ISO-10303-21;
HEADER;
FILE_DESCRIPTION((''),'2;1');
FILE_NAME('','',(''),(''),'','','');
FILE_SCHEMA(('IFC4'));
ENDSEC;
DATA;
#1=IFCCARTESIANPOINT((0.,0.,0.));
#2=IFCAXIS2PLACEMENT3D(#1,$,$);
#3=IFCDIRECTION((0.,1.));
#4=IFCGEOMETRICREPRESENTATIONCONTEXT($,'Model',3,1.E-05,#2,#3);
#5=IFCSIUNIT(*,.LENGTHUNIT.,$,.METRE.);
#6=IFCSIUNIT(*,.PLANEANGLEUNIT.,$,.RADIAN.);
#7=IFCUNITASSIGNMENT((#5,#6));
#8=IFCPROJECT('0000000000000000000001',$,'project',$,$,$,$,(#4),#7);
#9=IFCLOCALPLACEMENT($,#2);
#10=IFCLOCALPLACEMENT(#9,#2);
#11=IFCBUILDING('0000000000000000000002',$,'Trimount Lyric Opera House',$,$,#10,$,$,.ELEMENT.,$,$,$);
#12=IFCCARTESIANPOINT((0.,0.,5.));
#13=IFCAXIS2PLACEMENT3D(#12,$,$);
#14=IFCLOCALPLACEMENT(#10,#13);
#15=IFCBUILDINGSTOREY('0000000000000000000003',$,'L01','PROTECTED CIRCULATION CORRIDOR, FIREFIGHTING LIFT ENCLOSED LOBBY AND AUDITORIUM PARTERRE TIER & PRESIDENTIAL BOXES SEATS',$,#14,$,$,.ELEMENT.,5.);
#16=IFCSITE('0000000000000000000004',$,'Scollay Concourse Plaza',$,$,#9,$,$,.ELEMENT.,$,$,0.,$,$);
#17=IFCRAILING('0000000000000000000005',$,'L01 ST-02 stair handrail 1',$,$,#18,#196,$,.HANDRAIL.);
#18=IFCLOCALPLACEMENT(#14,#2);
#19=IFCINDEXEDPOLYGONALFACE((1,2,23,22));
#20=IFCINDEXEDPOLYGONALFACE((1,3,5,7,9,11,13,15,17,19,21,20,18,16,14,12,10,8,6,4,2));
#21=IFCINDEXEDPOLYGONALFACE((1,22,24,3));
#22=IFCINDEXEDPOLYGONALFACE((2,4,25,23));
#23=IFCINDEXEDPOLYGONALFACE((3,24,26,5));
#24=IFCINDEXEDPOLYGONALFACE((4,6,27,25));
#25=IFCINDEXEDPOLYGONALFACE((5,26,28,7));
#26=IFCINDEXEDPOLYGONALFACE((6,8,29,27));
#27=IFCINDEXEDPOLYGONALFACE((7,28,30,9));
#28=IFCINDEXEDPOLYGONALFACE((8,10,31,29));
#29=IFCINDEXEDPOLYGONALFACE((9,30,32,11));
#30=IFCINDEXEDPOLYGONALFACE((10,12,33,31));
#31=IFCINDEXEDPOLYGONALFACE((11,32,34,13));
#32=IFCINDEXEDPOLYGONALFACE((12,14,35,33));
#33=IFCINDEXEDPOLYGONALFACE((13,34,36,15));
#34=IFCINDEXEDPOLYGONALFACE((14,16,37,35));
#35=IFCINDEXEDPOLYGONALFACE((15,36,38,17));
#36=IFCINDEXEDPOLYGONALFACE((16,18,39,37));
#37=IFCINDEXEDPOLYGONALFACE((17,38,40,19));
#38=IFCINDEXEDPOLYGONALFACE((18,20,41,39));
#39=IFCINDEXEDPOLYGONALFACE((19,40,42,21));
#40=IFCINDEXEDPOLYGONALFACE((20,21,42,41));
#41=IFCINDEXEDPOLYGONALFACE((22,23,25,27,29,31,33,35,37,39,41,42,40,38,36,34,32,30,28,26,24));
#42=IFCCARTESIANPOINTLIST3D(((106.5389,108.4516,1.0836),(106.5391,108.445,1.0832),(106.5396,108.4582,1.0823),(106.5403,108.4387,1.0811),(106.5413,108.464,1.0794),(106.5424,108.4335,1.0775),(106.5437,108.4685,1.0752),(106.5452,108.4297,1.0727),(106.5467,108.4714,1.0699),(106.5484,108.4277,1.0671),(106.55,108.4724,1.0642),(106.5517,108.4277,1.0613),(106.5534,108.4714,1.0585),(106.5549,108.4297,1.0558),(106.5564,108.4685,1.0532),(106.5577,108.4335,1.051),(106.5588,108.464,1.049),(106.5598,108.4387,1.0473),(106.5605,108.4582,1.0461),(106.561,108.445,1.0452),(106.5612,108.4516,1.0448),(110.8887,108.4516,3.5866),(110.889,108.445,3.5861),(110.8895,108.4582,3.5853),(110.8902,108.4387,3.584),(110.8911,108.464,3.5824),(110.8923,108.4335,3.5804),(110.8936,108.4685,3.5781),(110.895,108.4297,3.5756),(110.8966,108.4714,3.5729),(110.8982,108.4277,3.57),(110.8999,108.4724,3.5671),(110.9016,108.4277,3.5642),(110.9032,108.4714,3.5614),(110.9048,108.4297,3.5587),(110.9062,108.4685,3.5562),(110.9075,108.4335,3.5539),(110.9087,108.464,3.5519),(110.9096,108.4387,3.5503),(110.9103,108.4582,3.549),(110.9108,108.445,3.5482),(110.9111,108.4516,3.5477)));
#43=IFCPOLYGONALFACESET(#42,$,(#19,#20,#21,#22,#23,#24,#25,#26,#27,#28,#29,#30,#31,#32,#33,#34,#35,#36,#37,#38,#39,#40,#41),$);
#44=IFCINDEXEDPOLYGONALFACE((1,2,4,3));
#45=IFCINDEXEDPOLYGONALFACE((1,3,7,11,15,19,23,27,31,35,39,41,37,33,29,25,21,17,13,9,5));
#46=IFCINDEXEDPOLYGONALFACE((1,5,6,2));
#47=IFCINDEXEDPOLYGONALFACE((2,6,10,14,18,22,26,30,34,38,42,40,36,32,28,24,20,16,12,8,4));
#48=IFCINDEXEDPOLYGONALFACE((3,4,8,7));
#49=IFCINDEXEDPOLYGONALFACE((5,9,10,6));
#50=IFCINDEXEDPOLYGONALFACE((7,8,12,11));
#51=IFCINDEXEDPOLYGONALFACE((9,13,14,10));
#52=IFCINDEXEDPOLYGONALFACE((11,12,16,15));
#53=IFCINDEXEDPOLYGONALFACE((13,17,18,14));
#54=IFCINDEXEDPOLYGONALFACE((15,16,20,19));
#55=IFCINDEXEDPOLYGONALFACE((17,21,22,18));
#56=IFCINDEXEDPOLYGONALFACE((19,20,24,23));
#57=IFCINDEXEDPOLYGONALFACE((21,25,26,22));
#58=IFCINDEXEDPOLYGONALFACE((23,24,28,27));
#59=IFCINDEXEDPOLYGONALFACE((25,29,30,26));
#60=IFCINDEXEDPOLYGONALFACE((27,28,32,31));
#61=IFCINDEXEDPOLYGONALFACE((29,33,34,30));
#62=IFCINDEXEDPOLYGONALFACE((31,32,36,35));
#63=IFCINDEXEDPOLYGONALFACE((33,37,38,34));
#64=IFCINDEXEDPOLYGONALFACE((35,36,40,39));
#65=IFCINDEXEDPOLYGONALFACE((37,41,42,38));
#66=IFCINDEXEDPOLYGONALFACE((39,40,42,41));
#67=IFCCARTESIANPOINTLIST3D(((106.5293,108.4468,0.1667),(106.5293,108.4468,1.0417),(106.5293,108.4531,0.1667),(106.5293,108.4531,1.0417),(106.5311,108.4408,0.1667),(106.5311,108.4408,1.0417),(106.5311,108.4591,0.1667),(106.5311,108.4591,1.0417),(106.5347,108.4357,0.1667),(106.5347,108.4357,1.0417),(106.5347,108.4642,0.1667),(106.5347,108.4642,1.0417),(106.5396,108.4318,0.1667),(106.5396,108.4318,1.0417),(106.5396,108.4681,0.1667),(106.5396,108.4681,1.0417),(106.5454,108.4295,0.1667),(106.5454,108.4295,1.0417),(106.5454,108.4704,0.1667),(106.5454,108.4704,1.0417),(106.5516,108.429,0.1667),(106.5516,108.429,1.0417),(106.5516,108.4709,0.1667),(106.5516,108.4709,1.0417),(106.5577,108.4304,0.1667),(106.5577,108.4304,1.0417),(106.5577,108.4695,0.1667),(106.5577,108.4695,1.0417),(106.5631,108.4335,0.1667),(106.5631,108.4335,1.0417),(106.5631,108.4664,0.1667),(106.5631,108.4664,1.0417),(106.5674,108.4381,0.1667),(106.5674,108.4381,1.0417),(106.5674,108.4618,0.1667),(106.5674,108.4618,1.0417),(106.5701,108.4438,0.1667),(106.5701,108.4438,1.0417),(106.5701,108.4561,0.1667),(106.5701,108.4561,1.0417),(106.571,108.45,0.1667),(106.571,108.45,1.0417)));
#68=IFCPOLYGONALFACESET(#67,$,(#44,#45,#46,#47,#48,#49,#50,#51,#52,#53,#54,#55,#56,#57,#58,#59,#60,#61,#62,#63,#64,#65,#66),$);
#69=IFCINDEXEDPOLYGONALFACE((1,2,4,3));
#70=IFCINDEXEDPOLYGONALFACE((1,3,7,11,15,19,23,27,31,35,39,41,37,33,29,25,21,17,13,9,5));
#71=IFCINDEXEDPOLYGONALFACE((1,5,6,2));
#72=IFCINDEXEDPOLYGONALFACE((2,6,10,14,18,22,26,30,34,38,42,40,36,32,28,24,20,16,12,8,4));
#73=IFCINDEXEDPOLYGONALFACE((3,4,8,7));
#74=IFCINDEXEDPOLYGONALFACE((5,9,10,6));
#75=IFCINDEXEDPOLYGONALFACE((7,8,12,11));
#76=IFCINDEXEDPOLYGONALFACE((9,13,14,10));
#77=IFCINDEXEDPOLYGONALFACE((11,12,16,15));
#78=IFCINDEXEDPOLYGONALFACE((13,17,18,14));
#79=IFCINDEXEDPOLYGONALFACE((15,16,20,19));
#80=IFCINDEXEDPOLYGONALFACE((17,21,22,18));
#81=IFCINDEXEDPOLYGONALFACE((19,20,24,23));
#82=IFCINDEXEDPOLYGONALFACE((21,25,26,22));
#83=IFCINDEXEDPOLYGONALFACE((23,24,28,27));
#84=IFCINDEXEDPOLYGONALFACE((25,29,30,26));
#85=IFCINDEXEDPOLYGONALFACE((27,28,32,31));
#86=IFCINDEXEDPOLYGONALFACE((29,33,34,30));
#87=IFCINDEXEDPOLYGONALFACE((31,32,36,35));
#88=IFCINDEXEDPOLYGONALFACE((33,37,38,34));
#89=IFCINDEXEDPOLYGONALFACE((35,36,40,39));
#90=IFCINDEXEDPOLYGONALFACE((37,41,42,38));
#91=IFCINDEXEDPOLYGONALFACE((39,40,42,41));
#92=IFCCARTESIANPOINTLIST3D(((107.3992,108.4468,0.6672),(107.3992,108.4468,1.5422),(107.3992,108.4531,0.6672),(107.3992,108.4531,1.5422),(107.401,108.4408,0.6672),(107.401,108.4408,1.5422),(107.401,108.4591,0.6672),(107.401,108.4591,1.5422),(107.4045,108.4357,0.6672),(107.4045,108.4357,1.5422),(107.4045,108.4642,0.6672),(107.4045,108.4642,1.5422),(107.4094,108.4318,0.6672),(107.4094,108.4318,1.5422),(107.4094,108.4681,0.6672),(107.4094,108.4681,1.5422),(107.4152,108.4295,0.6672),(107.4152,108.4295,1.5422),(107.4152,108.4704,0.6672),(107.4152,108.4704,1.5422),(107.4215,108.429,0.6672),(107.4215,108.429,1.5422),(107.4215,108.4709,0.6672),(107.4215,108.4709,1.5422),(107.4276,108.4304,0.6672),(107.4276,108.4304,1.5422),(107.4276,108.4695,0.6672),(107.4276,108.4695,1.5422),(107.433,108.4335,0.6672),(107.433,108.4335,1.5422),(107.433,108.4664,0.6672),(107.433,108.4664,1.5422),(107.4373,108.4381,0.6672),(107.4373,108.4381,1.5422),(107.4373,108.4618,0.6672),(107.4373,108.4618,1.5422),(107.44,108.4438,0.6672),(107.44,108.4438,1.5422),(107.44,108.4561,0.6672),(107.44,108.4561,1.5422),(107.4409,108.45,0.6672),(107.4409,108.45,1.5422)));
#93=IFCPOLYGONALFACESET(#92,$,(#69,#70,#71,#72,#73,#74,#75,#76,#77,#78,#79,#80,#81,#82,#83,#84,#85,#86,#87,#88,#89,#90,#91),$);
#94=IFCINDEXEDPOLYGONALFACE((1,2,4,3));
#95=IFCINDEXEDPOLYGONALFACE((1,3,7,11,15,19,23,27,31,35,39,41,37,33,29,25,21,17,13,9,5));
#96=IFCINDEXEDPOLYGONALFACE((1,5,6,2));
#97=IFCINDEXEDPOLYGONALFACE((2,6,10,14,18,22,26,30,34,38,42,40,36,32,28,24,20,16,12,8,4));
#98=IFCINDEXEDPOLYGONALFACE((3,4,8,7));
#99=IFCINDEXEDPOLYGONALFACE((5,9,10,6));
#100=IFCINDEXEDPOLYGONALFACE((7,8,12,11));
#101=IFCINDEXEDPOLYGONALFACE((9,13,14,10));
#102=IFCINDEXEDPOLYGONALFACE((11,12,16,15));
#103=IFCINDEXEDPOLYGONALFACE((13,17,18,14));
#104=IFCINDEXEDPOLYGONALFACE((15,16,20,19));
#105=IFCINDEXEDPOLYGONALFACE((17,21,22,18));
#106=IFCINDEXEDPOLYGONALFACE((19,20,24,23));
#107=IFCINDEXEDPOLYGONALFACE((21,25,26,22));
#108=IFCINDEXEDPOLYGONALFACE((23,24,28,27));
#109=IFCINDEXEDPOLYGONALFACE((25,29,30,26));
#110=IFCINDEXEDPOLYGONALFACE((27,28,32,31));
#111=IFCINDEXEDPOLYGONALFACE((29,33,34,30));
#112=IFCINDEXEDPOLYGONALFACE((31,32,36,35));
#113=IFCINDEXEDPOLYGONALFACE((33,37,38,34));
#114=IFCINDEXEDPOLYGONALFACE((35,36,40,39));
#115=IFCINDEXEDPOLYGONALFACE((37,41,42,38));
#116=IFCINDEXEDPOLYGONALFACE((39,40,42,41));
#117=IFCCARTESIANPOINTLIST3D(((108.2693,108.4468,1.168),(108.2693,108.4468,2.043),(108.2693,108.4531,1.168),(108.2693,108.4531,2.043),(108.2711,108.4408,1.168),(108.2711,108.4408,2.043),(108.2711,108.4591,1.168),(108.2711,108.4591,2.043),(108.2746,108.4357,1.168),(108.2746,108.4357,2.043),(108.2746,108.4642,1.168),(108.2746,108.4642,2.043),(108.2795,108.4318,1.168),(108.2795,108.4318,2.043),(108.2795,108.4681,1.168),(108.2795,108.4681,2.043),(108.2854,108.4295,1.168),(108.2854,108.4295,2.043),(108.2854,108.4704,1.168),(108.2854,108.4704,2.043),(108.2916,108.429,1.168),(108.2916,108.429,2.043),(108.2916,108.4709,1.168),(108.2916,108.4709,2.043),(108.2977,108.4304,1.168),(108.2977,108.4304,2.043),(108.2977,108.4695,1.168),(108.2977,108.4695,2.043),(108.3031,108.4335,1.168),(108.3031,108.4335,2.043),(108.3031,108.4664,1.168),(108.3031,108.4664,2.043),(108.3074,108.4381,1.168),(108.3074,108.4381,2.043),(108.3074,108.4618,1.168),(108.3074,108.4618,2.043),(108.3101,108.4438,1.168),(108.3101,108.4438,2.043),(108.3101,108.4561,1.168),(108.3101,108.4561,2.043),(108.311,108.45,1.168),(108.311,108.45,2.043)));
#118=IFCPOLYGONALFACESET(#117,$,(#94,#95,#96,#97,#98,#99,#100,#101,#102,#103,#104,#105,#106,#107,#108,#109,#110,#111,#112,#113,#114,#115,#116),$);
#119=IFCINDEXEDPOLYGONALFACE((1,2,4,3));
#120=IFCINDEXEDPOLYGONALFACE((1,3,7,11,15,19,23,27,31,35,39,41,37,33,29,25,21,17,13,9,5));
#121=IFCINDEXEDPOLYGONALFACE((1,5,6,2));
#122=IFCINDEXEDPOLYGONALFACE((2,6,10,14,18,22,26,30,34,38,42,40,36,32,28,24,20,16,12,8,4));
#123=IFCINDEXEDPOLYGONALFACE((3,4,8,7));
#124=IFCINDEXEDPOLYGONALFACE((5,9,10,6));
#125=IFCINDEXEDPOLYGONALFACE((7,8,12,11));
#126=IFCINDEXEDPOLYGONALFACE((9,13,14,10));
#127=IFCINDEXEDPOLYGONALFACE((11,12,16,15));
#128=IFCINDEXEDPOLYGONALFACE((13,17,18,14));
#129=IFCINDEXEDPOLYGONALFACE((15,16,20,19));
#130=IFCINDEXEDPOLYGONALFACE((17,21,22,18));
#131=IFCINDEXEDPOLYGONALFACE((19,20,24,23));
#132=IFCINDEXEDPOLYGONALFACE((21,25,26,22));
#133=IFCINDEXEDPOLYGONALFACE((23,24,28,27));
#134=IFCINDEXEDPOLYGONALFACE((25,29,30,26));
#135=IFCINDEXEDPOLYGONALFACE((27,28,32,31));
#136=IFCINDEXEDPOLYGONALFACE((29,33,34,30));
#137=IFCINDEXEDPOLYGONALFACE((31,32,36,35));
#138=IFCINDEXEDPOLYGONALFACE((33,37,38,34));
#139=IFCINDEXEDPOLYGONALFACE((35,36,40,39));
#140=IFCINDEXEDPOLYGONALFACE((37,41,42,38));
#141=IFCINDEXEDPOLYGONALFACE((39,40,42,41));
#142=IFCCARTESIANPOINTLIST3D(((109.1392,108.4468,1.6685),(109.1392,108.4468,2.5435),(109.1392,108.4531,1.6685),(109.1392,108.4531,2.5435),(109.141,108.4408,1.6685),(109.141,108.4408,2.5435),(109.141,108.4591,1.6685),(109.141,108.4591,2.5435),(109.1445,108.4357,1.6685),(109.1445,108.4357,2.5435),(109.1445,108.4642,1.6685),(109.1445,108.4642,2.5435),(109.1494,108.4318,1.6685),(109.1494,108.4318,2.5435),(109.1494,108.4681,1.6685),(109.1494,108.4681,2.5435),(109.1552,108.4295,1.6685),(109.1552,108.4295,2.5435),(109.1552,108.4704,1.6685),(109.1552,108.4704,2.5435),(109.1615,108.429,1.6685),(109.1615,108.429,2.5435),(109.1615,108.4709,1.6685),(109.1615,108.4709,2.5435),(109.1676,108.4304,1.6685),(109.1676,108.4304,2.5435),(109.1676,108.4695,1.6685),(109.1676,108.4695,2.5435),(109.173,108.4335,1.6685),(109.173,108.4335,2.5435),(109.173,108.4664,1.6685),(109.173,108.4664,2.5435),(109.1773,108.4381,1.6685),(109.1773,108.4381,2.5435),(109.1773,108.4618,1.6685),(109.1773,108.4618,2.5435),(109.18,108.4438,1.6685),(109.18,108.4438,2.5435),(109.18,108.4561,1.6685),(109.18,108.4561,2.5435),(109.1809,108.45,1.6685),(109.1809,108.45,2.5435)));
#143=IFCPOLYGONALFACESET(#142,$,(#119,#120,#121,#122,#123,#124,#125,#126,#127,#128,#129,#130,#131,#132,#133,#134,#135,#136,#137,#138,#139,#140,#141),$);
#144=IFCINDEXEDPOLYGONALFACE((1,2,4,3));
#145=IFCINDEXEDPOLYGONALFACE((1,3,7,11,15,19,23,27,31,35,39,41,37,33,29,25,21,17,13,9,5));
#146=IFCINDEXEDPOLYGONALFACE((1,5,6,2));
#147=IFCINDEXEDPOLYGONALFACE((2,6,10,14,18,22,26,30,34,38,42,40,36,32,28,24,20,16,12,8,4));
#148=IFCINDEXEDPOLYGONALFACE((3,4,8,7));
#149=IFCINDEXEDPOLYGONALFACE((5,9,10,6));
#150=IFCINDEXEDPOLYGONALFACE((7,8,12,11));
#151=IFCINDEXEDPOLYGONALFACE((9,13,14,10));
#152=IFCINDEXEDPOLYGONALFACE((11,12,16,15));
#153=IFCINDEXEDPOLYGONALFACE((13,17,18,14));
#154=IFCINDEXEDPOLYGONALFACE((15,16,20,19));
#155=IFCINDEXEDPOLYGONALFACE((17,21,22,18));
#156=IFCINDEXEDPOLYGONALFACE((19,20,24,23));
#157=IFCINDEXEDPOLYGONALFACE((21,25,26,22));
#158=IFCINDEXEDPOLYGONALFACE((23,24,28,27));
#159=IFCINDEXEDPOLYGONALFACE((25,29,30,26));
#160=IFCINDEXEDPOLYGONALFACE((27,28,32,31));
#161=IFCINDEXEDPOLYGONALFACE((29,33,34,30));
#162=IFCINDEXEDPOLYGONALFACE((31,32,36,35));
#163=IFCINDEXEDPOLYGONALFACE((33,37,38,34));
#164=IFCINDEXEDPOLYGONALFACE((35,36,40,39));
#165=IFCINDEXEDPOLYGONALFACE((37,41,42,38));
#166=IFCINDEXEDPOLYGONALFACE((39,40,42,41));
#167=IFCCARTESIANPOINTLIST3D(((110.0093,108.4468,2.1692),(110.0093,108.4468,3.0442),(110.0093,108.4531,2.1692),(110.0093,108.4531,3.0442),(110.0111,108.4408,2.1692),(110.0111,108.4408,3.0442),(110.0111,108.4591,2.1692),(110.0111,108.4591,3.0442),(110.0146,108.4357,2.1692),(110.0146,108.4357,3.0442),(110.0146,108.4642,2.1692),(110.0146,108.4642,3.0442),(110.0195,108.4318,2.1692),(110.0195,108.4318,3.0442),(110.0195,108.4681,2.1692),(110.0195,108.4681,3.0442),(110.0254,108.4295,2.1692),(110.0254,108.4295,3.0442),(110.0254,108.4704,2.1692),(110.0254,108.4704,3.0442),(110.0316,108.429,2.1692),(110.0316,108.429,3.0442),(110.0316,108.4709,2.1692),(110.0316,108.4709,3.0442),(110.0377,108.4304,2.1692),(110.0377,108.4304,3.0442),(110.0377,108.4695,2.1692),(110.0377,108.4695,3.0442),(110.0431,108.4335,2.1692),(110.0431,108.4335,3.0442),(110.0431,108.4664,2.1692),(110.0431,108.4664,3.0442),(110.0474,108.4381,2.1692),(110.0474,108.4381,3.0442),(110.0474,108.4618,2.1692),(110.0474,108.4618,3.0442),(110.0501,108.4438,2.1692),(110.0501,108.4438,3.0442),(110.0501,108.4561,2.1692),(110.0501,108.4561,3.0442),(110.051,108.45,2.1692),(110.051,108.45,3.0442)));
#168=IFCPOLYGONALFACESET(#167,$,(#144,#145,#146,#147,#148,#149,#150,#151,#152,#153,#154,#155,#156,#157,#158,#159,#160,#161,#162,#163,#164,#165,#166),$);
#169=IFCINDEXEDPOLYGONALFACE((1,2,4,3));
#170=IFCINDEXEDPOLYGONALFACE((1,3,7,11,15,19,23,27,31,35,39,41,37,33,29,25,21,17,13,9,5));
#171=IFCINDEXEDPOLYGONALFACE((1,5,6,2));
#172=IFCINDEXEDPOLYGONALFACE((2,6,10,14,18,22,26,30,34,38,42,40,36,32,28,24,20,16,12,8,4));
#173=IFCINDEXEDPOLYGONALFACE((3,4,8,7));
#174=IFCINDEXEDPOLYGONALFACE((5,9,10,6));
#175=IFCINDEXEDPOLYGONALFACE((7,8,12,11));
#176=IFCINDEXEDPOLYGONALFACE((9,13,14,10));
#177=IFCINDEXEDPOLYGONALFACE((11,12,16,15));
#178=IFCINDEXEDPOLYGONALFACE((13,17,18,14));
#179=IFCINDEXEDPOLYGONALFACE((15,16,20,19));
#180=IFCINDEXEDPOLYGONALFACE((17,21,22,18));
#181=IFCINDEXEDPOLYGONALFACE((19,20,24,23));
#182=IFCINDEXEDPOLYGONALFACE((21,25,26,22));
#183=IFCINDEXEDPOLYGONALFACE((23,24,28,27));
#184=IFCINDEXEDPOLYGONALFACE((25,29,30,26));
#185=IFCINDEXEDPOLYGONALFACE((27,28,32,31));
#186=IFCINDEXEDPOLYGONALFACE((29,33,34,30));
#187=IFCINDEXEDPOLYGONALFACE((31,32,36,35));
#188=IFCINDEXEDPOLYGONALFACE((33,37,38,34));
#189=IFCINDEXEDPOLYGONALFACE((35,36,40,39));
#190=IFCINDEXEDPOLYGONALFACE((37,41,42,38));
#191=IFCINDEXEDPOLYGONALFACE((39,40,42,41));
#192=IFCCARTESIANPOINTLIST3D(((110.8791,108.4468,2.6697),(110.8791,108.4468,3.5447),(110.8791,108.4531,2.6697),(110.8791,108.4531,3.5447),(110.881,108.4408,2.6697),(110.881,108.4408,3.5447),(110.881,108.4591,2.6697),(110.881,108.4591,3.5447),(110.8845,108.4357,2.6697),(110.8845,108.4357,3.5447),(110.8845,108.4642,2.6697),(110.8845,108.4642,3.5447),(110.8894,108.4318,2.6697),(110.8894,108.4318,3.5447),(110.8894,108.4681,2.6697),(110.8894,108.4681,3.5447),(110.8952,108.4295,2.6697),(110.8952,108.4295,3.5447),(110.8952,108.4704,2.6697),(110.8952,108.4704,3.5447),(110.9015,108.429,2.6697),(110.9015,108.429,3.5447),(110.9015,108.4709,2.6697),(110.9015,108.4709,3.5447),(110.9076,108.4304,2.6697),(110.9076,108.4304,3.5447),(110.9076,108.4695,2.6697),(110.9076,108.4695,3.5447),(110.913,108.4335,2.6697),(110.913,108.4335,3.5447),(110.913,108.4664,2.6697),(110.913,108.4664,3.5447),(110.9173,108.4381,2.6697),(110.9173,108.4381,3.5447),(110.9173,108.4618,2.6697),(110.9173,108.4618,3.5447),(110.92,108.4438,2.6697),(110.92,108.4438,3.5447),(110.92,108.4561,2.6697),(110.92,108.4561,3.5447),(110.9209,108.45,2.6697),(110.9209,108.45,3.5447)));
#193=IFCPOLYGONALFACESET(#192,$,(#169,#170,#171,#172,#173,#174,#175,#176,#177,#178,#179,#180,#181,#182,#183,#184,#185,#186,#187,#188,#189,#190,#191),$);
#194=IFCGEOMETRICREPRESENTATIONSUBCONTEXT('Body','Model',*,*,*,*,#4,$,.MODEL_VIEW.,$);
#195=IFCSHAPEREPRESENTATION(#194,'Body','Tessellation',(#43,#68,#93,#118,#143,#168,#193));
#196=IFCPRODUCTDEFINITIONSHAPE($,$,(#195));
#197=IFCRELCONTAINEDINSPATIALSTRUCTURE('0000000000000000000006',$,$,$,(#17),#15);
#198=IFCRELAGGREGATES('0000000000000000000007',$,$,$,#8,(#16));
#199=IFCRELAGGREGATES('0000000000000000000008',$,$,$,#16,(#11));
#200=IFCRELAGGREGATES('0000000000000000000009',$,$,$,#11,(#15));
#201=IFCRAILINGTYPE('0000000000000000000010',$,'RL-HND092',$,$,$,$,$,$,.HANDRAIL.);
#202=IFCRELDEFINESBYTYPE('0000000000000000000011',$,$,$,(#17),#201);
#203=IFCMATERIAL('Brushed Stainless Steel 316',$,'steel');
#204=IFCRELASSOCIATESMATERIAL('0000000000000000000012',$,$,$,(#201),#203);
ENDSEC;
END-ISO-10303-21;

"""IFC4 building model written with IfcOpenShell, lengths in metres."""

from ifc_helpers import new_model, si_unit, direction, frame, origin, origin_2d, place, context, subcontext, project, spatial, circle, extrude, material, type_object, element, save


model = new_model("IFC4")

# Units and contexts
model_context = context("Model", 3, precision=1e-05, world=origin(), true_north=direction((0.0, 1.0)))
body_context = subcontext(model_context, "Body", "Model", "MODEL_VIEW")
ifc_project = project(units=[si_unit("LENGTHUNIT", "METRE"), si_unit("PLANEANGLEUNIT", "RADIAN")], contexts=[model_context])

# Site, building, storey
site_placement = place(None, origin())
site = spatial("IfcSite", under=ifc_project, at=site_placement, Name="Scollay Concourse Plaza", CompositionType="ELEMENT", RefElevation=0.0)
building_placement = place(site_placement, origin())
building = spatial("IfcBuilding", under=site, at=building_placement, Name="Trimount Lyric Opera House", CompositionType="ELEMENT")
storey_placement = place(building_placement, frame((0.0, 0.0, 5.0)))
storey = spatial("IfcBuildingStorey", under=building, at=storey_placement, Name="L01", Description="PROTECTED CIRCULATION CORRIDOR, FIREFIGHTING LIFT ENCLOSED LOBBY AND AUDITORIUM PARTERRE TIER & PRESIDENTIAL BOXES SEATS", CompositionType="ELEMENT", Elevation=5.0)

# Railing
ifc_material_1 = material(Name="Brushed Stainless Steel 316", Category="steel")
railing_type_1 = type_object("IfcRailingType", Name="RL-HND092", PredefinedType="HANDRAIL", material=ifc_material_1)
for number, where, name in (
    (1, (106.55, 108.45, 0.1667), "L01 ST-02 stair handrail 1"),
):
    element("IfcRailing", number, at=place(storey_placement, frame(where)), inside=storey, type_object=railing_type_1, Name=name, PredefinedType="HANDRAIL", context=body_context, shape_type="SweptSolid", body=[
        extrude(circle(Radius=0.0225, at=origin_2d()), frame((0.0, 0.0, 0.8975), z_axis=(0.866754, 0.0, 0.498735), x_axis=(0.0, 1.0, 0.0)), (0.0, 0.0, 1.0), 5.0186),
        extrude(circle(Radius=0.021, at=origin_2d()), origin(), (0.0, 0.0, 1.0), 0.875),
        extrude(circle(Radius=0.021, at=origin_2d()), frame((0.8699, 0.0, 0.5005)), (0.0, 0.0, 1.0), 0.875),
        extrude(circle(Radius=0.021, at=origin_2d()), frame((1.74, 0.0, 1.0012)), (0.0, 0.0, 1.0), 0.875),
        extrude(circle(Radius=0.021, at=origin_2d()), frame((2.6099, 0.0, 1.5017)), (0.0, 0.0, 1.0), 0.875),
        extrude(circle(Radius=0.021, at=origin_2d()), frame((3.48, 0.0, 2.0024)), (0.0, 0.0, 1.0), 0.875),
        extrude(circle(Radius=0.021, at=origin_2d()), frame((4.3499, 0.0, 2.5029)), (0.0, 0.0, 1.0), 0.875),
    ])

save(model, "model.ifc")
